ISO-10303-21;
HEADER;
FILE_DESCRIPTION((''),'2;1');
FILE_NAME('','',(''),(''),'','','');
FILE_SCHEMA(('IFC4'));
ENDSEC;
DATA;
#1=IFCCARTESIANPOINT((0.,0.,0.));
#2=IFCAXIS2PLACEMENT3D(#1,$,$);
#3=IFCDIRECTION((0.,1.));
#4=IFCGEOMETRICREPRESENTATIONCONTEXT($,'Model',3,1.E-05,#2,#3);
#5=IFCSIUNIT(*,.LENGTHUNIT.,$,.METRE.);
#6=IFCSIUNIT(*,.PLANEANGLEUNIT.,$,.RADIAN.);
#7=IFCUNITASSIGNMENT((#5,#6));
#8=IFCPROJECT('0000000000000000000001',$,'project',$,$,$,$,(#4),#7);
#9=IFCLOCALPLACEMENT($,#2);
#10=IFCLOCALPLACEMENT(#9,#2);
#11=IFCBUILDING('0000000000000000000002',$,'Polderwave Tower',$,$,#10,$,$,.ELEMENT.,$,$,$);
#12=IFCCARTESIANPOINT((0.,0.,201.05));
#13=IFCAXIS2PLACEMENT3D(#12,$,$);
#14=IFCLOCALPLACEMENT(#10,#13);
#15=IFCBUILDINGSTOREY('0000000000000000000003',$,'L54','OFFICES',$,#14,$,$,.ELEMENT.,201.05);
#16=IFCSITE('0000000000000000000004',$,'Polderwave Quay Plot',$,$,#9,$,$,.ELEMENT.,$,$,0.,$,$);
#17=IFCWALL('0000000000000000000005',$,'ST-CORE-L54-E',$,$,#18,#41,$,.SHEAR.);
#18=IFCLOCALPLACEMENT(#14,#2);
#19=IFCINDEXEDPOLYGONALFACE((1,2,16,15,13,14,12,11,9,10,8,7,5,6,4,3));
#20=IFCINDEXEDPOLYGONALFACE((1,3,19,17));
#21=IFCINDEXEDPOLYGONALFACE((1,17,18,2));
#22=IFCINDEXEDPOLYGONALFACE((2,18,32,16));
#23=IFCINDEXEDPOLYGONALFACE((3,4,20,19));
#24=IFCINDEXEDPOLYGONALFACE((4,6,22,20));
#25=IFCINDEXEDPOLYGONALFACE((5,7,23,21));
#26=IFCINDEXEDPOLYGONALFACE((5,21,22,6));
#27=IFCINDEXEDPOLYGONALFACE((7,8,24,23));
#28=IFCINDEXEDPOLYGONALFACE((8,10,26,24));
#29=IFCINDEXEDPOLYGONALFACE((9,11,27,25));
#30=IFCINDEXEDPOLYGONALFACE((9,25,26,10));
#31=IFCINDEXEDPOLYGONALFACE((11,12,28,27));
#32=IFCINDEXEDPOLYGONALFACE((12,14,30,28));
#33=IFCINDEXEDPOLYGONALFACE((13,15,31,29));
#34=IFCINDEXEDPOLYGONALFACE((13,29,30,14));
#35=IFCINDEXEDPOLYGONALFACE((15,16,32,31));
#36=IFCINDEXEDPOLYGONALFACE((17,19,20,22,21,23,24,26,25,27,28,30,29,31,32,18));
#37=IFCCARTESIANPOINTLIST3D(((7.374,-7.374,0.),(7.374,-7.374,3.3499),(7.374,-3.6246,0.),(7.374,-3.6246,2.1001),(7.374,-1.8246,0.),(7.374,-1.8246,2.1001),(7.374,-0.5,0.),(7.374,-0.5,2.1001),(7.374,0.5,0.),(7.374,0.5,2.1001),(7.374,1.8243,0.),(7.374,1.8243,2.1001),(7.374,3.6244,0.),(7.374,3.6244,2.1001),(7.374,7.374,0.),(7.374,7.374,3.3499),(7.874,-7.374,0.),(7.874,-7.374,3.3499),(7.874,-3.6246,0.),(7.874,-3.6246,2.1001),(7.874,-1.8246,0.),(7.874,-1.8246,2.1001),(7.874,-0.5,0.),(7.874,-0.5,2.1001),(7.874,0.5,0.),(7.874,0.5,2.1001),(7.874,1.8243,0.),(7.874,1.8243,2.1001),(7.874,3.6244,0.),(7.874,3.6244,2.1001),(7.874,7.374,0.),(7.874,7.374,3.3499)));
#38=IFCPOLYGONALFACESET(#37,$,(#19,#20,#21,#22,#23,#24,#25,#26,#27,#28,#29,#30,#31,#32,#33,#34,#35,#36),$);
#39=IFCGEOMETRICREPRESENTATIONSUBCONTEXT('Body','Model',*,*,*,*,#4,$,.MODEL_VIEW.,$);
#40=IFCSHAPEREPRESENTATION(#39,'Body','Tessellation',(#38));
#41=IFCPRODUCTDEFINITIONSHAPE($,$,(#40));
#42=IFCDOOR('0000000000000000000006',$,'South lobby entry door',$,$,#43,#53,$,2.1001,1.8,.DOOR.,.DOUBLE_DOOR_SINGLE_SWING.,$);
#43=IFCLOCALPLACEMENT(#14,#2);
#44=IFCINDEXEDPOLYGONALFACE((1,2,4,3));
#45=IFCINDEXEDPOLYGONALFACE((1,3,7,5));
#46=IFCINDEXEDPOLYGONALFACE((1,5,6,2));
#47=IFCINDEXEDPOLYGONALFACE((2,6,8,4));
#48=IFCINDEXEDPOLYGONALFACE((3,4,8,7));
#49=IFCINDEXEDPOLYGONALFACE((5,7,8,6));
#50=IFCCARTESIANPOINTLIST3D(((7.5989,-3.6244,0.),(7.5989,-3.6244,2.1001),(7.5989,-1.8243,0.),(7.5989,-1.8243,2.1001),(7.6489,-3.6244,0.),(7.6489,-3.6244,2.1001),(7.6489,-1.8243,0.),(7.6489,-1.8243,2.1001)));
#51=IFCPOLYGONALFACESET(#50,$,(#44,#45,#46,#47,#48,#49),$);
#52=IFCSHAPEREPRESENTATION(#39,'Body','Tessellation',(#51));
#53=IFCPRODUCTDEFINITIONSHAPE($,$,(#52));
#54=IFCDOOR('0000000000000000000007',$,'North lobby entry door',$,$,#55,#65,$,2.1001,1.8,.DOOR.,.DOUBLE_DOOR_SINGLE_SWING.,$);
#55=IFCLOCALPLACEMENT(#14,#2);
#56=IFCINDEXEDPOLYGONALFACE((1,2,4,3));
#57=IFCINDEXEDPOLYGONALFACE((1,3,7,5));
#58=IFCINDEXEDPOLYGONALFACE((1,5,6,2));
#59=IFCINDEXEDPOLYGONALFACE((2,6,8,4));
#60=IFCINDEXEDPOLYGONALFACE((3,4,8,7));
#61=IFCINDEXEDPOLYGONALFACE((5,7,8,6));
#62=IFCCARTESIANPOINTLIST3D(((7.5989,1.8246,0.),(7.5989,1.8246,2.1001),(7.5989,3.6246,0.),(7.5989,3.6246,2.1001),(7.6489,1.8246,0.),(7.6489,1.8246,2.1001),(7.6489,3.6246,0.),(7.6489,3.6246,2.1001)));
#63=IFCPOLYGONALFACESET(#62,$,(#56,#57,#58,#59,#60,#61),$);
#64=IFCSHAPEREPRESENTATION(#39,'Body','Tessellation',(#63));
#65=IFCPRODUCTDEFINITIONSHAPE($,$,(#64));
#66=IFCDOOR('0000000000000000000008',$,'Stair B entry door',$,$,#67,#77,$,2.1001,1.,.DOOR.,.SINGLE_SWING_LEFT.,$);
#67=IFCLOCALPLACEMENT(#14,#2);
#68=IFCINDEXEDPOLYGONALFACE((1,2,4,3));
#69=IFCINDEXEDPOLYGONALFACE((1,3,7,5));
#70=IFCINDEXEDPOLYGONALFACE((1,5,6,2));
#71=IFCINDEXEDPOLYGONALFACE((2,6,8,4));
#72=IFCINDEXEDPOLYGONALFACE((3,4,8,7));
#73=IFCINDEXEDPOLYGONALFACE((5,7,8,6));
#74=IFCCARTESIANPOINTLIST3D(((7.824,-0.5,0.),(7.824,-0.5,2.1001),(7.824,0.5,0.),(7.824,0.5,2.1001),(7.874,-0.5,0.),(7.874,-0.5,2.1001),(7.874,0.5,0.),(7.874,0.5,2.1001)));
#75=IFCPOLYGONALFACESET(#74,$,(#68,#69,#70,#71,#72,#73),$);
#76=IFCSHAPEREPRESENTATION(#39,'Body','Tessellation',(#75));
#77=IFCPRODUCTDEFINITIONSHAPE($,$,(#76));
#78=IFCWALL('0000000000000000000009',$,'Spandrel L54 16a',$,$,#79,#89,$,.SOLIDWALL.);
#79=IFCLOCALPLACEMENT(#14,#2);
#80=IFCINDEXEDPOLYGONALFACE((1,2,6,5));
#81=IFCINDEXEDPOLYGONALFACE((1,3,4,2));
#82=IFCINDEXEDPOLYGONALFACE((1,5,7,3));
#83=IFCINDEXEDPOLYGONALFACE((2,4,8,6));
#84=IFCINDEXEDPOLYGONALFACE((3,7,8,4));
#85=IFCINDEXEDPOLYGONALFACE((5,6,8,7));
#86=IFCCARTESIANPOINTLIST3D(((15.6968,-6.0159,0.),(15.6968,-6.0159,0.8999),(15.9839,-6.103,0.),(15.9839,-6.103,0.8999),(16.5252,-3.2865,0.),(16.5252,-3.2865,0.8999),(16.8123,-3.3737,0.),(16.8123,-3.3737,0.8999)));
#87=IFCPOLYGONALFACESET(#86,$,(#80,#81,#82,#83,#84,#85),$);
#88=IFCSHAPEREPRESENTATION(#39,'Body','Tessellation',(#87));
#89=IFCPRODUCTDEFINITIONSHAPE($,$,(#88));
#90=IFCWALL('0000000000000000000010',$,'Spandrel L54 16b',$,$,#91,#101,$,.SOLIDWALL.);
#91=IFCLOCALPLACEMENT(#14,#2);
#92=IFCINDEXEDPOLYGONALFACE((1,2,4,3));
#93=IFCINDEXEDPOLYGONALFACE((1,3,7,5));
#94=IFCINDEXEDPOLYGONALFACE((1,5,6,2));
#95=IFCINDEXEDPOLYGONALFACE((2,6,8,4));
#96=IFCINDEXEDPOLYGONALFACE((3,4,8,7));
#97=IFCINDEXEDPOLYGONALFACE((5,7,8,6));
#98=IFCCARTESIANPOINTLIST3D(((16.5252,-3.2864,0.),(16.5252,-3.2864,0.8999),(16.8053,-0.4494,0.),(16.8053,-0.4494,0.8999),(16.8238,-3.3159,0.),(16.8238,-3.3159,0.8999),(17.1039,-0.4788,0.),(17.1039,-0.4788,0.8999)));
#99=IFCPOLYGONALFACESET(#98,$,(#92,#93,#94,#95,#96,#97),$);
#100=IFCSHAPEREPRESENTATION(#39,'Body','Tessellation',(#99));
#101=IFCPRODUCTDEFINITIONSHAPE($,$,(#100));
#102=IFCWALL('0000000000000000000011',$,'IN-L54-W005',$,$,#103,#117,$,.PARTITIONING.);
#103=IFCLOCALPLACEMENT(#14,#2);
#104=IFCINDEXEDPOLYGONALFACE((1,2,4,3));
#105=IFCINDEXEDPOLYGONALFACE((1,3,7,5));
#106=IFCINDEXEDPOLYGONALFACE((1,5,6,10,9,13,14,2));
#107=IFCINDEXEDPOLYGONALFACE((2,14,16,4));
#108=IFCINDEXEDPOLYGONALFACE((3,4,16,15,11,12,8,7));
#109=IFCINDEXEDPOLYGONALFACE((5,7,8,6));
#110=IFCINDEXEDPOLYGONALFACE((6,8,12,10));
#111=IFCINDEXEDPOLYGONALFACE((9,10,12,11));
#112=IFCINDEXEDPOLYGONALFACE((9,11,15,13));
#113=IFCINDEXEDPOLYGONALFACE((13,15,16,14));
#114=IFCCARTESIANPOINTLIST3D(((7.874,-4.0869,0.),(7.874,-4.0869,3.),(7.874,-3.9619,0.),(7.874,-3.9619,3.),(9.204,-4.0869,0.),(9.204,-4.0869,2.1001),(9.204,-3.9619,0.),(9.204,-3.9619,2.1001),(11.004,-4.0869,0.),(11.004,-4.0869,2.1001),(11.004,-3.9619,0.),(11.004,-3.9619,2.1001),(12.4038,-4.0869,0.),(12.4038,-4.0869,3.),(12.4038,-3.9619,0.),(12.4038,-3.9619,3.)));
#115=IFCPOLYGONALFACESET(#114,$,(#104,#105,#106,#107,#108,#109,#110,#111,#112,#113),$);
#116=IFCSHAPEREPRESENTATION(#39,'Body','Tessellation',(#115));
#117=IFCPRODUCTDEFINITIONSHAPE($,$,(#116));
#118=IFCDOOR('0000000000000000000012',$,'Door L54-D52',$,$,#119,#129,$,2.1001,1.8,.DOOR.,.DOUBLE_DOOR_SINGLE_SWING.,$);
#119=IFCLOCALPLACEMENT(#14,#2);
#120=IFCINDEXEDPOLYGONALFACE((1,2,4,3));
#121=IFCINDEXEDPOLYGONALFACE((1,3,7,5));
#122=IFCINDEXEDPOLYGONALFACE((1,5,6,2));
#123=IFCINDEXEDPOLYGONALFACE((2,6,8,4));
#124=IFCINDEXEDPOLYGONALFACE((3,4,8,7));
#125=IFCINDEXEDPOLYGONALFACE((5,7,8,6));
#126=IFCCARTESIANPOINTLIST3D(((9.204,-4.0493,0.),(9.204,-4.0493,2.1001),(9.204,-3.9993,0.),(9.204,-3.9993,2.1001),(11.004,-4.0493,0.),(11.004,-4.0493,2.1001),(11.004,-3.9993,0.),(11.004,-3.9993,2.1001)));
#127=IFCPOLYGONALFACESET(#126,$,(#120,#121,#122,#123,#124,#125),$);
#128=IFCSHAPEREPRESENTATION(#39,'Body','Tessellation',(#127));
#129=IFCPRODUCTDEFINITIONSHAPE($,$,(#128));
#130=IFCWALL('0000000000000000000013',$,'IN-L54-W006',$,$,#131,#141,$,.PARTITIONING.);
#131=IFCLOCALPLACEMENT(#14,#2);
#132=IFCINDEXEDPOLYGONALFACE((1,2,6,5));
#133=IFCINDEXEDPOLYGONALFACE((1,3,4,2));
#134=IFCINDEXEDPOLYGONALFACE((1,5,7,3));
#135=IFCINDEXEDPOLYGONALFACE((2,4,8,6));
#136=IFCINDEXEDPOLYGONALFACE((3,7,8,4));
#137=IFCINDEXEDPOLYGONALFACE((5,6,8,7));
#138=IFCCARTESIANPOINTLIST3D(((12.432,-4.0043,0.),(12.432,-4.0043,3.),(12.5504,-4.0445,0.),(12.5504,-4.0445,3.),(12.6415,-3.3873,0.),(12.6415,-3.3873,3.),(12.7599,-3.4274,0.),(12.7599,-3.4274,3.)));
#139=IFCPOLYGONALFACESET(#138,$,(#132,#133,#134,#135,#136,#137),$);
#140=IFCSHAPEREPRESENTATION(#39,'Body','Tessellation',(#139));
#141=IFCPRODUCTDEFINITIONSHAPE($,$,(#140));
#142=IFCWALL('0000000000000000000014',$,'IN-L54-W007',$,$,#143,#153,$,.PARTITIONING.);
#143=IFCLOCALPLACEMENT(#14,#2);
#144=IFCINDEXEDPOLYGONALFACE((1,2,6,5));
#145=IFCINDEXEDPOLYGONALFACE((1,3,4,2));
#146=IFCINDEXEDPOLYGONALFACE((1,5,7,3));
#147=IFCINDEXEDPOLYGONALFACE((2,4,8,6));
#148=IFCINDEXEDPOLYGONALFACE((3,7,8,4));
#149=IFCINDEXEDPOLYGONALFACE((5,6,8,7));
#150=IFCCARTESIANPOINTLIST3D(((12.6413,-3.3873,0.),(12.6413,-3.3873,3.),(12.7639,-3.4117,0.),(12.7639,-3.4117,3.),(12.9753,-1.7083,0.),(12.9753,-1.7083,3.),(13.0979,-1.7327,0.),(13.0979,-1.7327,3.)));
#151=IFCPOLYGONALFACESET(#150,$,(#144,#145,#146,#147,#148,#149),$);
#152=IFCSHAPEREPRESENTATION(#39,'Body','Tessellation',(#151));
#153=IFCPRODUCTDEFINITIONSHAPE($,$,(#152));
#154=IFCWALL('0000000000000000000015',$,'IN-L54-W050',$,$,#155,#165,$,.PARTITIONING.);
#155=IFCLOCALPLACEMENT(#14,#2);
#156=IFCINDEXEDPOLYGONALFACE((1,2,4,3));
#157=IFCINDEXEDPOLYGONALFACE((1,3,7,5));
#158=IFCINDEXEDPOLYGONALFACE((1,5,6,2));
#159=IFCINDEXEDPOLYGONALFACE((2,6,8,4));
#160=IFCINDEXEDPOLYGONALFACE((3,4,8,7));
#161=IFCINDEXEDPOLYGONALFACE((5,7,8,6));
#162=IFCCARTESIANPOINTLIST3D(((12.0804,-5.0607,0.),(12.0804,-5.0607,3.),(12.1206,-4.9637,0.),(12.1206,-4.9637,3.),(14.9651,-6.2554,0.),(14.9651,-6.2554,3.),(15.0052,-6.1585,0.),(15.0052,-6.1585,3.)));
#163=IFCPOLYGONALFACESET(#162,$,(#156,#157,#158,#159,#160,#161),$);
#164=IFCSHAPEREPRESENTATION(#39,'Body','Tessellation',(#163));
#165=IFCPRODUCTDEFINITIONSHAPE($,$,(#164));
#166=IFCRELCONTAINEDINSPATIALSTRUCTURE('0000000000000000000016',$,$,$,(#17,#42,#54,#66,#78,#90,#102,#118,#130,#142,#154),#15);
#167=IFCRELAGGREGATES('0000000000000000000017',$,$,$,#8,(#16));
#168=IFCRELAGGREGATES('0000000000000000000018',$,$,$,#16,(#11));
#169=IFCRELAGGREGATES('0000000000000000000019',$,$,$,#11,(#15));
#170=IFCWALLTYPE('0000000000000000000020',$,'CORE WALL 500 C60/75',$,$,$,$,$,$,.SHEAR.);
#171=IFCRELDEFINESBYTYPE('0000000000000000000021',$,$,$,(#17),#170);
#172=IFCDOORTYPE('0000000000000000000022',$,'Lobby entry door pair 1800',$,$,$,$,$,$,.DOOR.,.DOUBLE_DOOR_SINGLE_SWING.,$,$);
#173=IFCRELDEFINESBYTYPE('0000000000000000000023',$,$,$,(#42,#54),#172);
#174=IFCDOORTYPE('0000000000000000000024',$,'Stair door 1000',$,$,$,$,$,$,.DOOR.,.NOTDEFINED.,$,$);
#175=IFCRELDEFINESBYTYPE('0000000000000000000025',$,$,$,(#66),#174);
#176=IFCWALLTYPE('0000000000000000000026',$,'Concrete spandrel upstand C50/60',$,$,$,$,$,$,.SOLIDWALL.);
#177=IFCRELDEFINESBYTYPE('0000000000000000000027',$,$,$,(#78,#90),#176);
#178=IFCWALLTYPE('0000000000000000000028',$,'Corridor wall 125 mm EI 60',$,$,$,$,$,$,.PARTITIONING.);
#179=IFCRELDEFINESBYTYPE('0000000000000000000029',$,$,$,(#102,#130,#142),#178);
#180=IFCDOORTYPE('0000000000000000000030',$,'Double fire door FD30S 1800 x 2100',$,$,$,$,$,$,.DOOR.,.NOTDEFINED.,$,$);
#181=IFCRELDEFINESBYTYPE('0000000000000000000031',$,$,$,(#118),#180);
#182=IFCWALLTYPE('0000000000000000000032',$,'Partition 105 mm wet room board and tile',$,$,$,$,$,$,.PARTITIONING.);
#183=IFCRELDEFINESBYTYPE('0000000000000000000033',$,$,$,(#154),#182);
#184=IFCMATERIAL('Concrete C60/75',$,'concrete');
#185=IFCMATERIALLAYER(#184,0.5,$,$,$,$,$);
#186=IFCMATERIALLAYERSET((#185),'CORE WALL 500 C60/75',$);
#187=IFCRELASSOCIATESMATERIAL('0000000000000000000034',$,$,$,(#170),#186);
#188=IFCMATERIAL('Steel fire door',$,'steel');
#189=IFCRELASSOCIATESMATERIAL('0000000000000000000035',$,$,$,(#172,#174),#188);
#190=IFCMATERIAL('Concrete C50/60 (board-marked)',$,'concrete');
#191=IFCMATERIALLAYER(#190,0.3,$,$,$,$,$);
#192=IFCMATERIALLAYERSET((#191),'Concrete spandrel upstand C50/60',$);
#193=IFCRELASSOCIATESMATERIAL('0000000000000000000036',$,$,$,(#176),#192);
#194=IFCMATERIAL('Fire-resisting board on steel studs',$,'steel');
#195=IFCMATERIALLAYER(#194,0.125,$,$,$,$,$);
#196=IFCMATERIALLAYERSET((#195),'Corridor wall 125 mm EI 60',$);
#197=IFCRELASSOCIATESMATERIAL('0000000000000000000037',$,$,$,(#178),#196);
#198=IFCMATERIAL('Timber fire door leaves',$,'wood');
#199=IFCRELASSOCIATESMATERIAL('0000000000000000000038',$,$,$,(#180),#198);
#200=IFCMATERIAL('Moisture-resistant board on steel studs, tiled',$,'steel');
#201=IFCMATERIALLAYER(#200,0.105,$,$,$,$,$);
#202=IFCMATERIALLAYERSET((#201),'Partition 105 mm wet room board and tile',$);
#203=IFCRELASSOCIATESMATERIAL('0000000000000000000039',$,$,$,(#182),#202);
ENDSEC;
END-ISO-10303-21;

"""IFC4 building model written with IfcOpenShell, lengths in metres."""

from ifc_helpers import new_model, si_unit, direction, frame, frame_2d, origin, place, context, subcontext, project, spatial, rectangle, extrude, material, layer, layer_set, type_object, element, fill, save


model = new_model("IFC4")

# Units and contexts
model_context = context("Model", 3, precision=1e-05, world=origin(), true_north=direction((0.0, 1.0)))
body_context = subcontext(model_context, "Body", "Model", "MODEL_VIEW")
ifc_project = project(units=[si_unit("LENGTHUNIT", "METRE"), si_unit("PLANEANGLEUNIT", "RADIAN")], contexts=[model_context])

# Site, building, storey
site_placement = place(None, origin())
site = spatial("IfcSite", under=ifc_project, at=site_placement, Name="Polderwave Quay Plot", CompositionType="ELEMENT", RefElevation=0.0)
building_placement = place(site_placement, origin())
building = spatial("IfcBuilding", under=site, at=building_placement, Name="Polderwave Tower", CompositionType="ELEMENT")
storey_placement = place(building_placement, frame((0.0, 0.0, 201.05)))
storey = spatial("IfcBuildingStorey", under=building, at=storey_placement, Name="L54", Description="OFFICES", CompositionType="ELEMENT", Elevation=201.05)

# Shared definitions
ifc_material_1 = material(Name="Concrete C60/75", Category="concrete")

# Wall, openings, doors
ifc_layer_1 = layer(ifc_material_1, 0.5)
ifc_layer_set_1 = layer_set([ifc_layer_1], Name="CORE WALL 500 C60/75")
wall_type_1 = type_object("IfcWallType", Name="CORE WALL 500 C60/75", PredefinedType="SHEAR", material=ifc_layer_set_1)
wall_1_placement = place(storey_placement, frame((7.624, -7.374, 0.0), z_axis=(0.0, 0.0, 1.0), x_axis=(0.0, 1.0, 0.0)))
wall_1 = element("IfcWall", 1, at=wall_1_placement, inside=storey, type_object=wall_type_1, Name="ST-CORE-L54-E", PredefinedType="SHEAR", context=body_context, shape_type="SweptSolid", body=[
    extrude(rectangle(XDim=14.748, YDim=0.5, at=frame_2d((7.374, 0.0))), origin(), (0.0, 0.0, 1.0), 3.3499),
])
opening_1_placement = place(wall_1_placement, frame((6.874, 0.0, 0.0)))
opening_1 = element("IfcOpeningElement", 2, at=opening_1_placement, cuts=wall_1, PredefinedType="OPENING", context=body_context, shape_type="SweptSolid", body=[
    extrude(rectangle(XDim=1.0, YDim=2.1001, at=frame_2d((0.5, 1.05))), frame((0.0, 0.26, 0.0), z_axis=(0.0, -1.0, 0.0), x_axis=(1.0, 0.0, 0.0)), (0.0, 0.0, 1.0), 0.52),
])
opening_2_placement = place(wall_1_placement, frame((3.7495, 0.0, 0.0)))
opening_2 = element("IfcOpeningElement", 3, at=opening_2_placement, cuts=wall_1, PredefinedType="OPENING", context=body_context, shape_type="SweptSolid", body=[
    extrude(rectangle(XDim=1.8, YDim=2.1001, at=frame_2d((0.8999, 1.05))), frame((0.0, 0.26, 0.0), z_axis=(0.0, -1.0, 0.0), x_axis=(1.0, 0.0, 0.0)), (0.0, 0.0, 1.0), 0.52),
])
opening_3_placement = place(wall_1_placement, frame((9.1985, 0.0, 0.0)))
opening_3 = element("IfcOpeningElement", 4, at=opening_3_placement, cuts=wall_1, PredefinedType="OPENING", context=body_context, shape_type="SweptSolid", body=[
    extrude(rectangle(XDim=1.8, YDim=2.1001, at=frame_2d((0.8999, 1.05))), frame((0.0, 0.26, 0.0), z_axis=(0.0, -1.0, 0.0), x_axis=(1.0, 0.0, 0.0)), (0.0, 0.0, 1.0), 0.52),
])
ifc_material_2 = material(Name="Steel fire door", Category="steel")
door_type_1 = type_object("IfcDoorType", Name="Lobby entry door pair 1800", OperationType="DOUBLE_DOOR_SINGLE_SWING", PredefinedType="DOOR", material=ifc_material_2)
door_1_placement = place(opening_2_placement, frame((1.8, 0.0, 0.0), z_axis=(0.0, 0.0, 1.0), x_axis=(-1.0, 0.0, 0.0)))
door_1 = element("IfcDoor", 5, at=door_1_placement, inside=storey, type_object=door_type_1, Name="South lobby entry door", OperationType="DOUBLE_DOOR_SINGLE_SWING", OverallHeight=2.1001, OverallWidth=1.8, PredefinedType="DOOR", context=body_context, shape_type="SweptSolid", body=[
    extrude(rectangle(XDim=1.8, YDim=2.1001, at=frame_2d((0.8999, 1.05))), frame((0.0, 0.0249, 0.0), z_axis=(0.0, -1.0, 0.0), x_axis=(1.0, 0.0, 0.0)), (0.0, 0.0, 1.0), 0.05),
])
fill(opening_2, door_1)
door_2_placement = place(opening_3_placement, frame((1.8, 0.0, 0.0), z_axis=(0.0, 0.0, 1.0), x_axis=(-1.0, 0.0, 0.0)))
door_2 = element("IfcDoor", 6, at=door_2_placement, inside=storey, type_object=door_type_1, Name="North lobby entry door", OperationType="DOUBLE_DOOR_SINGLE_SWING", OverallHeight=2.1001, OverallWidth=1.8, PredefinedType="DOOR", context=body_context, shape_type="SweptSolid", body=[
    extrude(rectangle(XDim=1.8, YDim=2.1001, at=frame_2d((0.8999, 1.05))), frame((0.0, 0.0249, 0.0), z_axis=(0.0, -1.0, 0.0), x_axis=(1.0, 0.0, 0.0)), (0.0, 0.0, 1.0), 0.05),
])
fill(opening_3, door_2)
door_type_2 = type_object("IfcDoorType", Name="Stair door 1000", OperationType="NOTDEFINED", PredefinedType="DOOR", material=ifc_material_2)
door_3_placement = place(opening_1_placement, frame((1.0, 0.0, 0.0), z_axis=(0.0, 0.0, 1.0), x_axis=(-1.0, 0.0, 0.0)))
door_3 = element("IfcDoor", 7, at=door_3_placement, inside=storey, type_object=door_type_2, Name="Stair B entry door", OperationType="SINGLE_SWING_LEFT", OverallHeight=2.1001, OverallWidth=1.0, PredefinedType="DOOR", context=body_context, shape_type="SweptSolid", body=[
    extrude(rectangle(XDim=1.0, YDim=2.1001, at=frame_2d((0.5, 1.05))), frame((0.0, 0.25, 0.0), z_axis=(0.0, -1.0, 0.0), x_axis=(1.0, 0.0, 0.0)), (0.0, 0.0, 1.0), 0.05),
])
fill(opening_1, door_3)

# Walls
ifc_material_3 = material(Name="Concrete C50/60 (board-marked)", Category="concrete")
ifc_layer_2 = layer(ifc_material_3, 0.3)
ifc_layer_set_2 = layer_set([ifc_layer_2], Name="Concrete spandrel upstand C50/60")
wall_type_2 = type_object("IfcWallType", Name="Concrete spandrel upstand C50/60", PredefinedType="SOLIDWALL", material=ifc_layer_set_2)
wall_2_placement = place(storey_placement, frame((15.8403, -6.0596, 0.0), z_axis=(0.0, 0.0, 1.0), x_axis=(0.290433, 0.956895, 0.0)))
element("IfcWall", 8, at=wall_2_placement, inside=storey, type_object=wall_type_2, Name="Spandrel L54 16a", PredefinedType="SOLIDWALL", context=body_context, shape_type="SweptSolid", body=[
    extrude(rectangle(XDim=2.8523, YDim=0.3, at=frame_2d((1.4263, 0.0))), origin(), (0.0, 0.0, 1.0), 0.8999),
])
wall_3_placement = place(storey_placement, frame((16.6746, -3.301, 0.0), z_axis=(0.0, 0.0, 1.0), x_axis=(0.098223, 0.995164, 0.0)))
element("IfcWall", 9, at=wall_3_placement, inside=storey, type_object=wall_type_2, Name="Spandrel L54 16b", PredefinedType="SOLIDWALL", context=body_context, shape_type="SweptSolid", body=[
    extrude(rectangle(XDim=2.8508, YDim=0.3, at=frame_2d((1.4253, 0.0))), origin(), (0.0, 0.0, 1.0), 0.8999),
])

# Wall, opening, door
ifc_material_4 = material(Name="Fire-resisting board on steel studs", Category="steel")
ifc_layer_3 = layer(ifc_material_4, 0.125)
ifc_layer_set_3 = layer_set([ifc_layer_3], Name="Corridor wall 125 mm EI 60")
wall_type_3 = type_object("IfcWallType", Name="Corridor wall 125 mm EI 60", PredefinedType="PARTITIONING", material=ifc_layer_set_3)
wall_4_placement = place(storey_placement, frame((12.4038, -4.0244, 0.0), z_axis=(0.0, 0.0, 1.0), x_axis=(-1.0, 0.0, 0.0)))
wall_4 = element("IfcWall", 10, at=wall_4_placement, inside=storey, type_object=wall_type_3, Name="IN-L54-W005", PredefinedType="PARTITIONING", context=body_context, shape_type="SweptSolid", body=[
    extrude(rectangle(XDim=4.5298, YDim=0.125, at=frame_2d((2.2649, 0.0))), origin(), (0.0, 0.0, 1.0), 3.0),
])
opening_4_placement = place(wall_4_placement, frame((1.3999, 0.0, 0.0)))
opening_4 = element("IfcOpeningElement", 11, at=opening_4_placement, cuts=wall_4, PredefinedType="OPENING", context=body_context, shape_type="SweptSolid", body=[
    extrude(rectangle(XDim=1.8, YDim=2.1001, at=frame_2d((0.8999, 1.05))), frame((0.0, 0.0725, 0.0), z_axis=(0.0, -1.0, 0.0), x_axis=(1.0, 0.0, 0.0)), (0.0, 0.0, 1.0), 0.145),
])
ifc_material_5 = material(Name="Timber fire door leaves", Category="wood")
door_type_3 = type_object("IfcDoorType", Name="Double fire door FD30S 1800 x 2100", OperationType="NOTDEFINED", PredefinedType="DOOR", material=ifc_material_5)
door_4_placement = place(opening_4_placement, origin())
door_4 = element("IfcDoor", 12, at=door_4_placement, inside=storey, type_object=door_type_3, Name="Door L54-D52", OperationType="DOUBLE_DOOR_SINGLE_SWING", OverallHeight=2.1001, OverallWidth=1.8, PredefinedType="DOOR", context=body_context, shape_type="SweptSolid", body=[
    extrude(rectangle(XDim=1.8, YDim=2.1001, at=frame_2d((0.8999, 1.05))), frame((0.0, 0.0249, 0.0), z_axis=(0.0, -1.0, 0.0), x_axis=(1.0, 0.0, 0.0)), (0.0, 0.0, 1.0), 0.05),
])
fill(opening_4, door_4)

# Walls
wall_5_placement = place(storey_placement, frame((12.7007, -3.4075, 0.0), z_axis=(0.0, 0.0, 1.0), x_axis=(-0.321506, -0.946907, 0.0)))
element("IfcWall", 13, at=wall_5_placement, inside=storey, type_object=wall_type_3, Name="IN-L54-W006", PredefinedType="PARTITIONING", context=body_context, shape_type="SweptSolid", body=[
    extrude(rectangle(XDim=0.6516, YDim=0.125, at=frame_2d((0.3257, 0.0))), origin(), (0.0, 0.0, 1.0), 3.0),
])
wall_6_placement = place(storey_placement, frame((13.0366, -1.7205, 0.0), z_axis=(0.0, 0.0, 1.0), x_axis=(-0.195101, -0.980783, 0.0)))
element("IfcWall", 14, at=wall_6_placement, inside=storey, type_object=wall_type_3, Name="IN-L54-W007", PredefinedType="PARTITIONING", context=body_context, shape_type="SweptSolid", body=[
    extrude(rectangle(XDim=1.7119, YDim=0.125, at=frame_2d((0.856, 0.0))), origin(), (0.0, 0.0, 1.0), 3.0),
])
ifc_material_6 = material(Name="Moisture-resistant board on steel studs, tiled", Category="steel")
ifc_layer_4 = layer(ifc_material_6, 0.105)
ifc_layer_set_4 = layer_set([ifc_layer_4], Name="Partition 105 mm wet room board and tile")
wall_type_4 = type_object("IfcWallType", Name="Partition 105 mm wet room board and tile", PredefinedType="PARTITIONING", material=ifc_layer_set_4)
wall_7_placement = place(storey_placement, frame((12.1006, -5.0122, 0.0), z_axis=(0.0, 0.0, 1.0), x_axis=(0.923889, -0.38266, 0.0)))
element("IfcWall", 15, at=wall_7_placement, inside=storey, type_object=wall_type_4, Name="IN-L54-W050", PredefinedType="PARTITIONING", context=body_context, shape_type="SweptSolid", body=[
    extrude(rectangle(XDim=3.1223, YDim=0.105, at=frame_2d((1.561, 0.0))), origin(), (0.0, 0.0, 1.0), 3.0),
])

save(model, "model.ifc")
